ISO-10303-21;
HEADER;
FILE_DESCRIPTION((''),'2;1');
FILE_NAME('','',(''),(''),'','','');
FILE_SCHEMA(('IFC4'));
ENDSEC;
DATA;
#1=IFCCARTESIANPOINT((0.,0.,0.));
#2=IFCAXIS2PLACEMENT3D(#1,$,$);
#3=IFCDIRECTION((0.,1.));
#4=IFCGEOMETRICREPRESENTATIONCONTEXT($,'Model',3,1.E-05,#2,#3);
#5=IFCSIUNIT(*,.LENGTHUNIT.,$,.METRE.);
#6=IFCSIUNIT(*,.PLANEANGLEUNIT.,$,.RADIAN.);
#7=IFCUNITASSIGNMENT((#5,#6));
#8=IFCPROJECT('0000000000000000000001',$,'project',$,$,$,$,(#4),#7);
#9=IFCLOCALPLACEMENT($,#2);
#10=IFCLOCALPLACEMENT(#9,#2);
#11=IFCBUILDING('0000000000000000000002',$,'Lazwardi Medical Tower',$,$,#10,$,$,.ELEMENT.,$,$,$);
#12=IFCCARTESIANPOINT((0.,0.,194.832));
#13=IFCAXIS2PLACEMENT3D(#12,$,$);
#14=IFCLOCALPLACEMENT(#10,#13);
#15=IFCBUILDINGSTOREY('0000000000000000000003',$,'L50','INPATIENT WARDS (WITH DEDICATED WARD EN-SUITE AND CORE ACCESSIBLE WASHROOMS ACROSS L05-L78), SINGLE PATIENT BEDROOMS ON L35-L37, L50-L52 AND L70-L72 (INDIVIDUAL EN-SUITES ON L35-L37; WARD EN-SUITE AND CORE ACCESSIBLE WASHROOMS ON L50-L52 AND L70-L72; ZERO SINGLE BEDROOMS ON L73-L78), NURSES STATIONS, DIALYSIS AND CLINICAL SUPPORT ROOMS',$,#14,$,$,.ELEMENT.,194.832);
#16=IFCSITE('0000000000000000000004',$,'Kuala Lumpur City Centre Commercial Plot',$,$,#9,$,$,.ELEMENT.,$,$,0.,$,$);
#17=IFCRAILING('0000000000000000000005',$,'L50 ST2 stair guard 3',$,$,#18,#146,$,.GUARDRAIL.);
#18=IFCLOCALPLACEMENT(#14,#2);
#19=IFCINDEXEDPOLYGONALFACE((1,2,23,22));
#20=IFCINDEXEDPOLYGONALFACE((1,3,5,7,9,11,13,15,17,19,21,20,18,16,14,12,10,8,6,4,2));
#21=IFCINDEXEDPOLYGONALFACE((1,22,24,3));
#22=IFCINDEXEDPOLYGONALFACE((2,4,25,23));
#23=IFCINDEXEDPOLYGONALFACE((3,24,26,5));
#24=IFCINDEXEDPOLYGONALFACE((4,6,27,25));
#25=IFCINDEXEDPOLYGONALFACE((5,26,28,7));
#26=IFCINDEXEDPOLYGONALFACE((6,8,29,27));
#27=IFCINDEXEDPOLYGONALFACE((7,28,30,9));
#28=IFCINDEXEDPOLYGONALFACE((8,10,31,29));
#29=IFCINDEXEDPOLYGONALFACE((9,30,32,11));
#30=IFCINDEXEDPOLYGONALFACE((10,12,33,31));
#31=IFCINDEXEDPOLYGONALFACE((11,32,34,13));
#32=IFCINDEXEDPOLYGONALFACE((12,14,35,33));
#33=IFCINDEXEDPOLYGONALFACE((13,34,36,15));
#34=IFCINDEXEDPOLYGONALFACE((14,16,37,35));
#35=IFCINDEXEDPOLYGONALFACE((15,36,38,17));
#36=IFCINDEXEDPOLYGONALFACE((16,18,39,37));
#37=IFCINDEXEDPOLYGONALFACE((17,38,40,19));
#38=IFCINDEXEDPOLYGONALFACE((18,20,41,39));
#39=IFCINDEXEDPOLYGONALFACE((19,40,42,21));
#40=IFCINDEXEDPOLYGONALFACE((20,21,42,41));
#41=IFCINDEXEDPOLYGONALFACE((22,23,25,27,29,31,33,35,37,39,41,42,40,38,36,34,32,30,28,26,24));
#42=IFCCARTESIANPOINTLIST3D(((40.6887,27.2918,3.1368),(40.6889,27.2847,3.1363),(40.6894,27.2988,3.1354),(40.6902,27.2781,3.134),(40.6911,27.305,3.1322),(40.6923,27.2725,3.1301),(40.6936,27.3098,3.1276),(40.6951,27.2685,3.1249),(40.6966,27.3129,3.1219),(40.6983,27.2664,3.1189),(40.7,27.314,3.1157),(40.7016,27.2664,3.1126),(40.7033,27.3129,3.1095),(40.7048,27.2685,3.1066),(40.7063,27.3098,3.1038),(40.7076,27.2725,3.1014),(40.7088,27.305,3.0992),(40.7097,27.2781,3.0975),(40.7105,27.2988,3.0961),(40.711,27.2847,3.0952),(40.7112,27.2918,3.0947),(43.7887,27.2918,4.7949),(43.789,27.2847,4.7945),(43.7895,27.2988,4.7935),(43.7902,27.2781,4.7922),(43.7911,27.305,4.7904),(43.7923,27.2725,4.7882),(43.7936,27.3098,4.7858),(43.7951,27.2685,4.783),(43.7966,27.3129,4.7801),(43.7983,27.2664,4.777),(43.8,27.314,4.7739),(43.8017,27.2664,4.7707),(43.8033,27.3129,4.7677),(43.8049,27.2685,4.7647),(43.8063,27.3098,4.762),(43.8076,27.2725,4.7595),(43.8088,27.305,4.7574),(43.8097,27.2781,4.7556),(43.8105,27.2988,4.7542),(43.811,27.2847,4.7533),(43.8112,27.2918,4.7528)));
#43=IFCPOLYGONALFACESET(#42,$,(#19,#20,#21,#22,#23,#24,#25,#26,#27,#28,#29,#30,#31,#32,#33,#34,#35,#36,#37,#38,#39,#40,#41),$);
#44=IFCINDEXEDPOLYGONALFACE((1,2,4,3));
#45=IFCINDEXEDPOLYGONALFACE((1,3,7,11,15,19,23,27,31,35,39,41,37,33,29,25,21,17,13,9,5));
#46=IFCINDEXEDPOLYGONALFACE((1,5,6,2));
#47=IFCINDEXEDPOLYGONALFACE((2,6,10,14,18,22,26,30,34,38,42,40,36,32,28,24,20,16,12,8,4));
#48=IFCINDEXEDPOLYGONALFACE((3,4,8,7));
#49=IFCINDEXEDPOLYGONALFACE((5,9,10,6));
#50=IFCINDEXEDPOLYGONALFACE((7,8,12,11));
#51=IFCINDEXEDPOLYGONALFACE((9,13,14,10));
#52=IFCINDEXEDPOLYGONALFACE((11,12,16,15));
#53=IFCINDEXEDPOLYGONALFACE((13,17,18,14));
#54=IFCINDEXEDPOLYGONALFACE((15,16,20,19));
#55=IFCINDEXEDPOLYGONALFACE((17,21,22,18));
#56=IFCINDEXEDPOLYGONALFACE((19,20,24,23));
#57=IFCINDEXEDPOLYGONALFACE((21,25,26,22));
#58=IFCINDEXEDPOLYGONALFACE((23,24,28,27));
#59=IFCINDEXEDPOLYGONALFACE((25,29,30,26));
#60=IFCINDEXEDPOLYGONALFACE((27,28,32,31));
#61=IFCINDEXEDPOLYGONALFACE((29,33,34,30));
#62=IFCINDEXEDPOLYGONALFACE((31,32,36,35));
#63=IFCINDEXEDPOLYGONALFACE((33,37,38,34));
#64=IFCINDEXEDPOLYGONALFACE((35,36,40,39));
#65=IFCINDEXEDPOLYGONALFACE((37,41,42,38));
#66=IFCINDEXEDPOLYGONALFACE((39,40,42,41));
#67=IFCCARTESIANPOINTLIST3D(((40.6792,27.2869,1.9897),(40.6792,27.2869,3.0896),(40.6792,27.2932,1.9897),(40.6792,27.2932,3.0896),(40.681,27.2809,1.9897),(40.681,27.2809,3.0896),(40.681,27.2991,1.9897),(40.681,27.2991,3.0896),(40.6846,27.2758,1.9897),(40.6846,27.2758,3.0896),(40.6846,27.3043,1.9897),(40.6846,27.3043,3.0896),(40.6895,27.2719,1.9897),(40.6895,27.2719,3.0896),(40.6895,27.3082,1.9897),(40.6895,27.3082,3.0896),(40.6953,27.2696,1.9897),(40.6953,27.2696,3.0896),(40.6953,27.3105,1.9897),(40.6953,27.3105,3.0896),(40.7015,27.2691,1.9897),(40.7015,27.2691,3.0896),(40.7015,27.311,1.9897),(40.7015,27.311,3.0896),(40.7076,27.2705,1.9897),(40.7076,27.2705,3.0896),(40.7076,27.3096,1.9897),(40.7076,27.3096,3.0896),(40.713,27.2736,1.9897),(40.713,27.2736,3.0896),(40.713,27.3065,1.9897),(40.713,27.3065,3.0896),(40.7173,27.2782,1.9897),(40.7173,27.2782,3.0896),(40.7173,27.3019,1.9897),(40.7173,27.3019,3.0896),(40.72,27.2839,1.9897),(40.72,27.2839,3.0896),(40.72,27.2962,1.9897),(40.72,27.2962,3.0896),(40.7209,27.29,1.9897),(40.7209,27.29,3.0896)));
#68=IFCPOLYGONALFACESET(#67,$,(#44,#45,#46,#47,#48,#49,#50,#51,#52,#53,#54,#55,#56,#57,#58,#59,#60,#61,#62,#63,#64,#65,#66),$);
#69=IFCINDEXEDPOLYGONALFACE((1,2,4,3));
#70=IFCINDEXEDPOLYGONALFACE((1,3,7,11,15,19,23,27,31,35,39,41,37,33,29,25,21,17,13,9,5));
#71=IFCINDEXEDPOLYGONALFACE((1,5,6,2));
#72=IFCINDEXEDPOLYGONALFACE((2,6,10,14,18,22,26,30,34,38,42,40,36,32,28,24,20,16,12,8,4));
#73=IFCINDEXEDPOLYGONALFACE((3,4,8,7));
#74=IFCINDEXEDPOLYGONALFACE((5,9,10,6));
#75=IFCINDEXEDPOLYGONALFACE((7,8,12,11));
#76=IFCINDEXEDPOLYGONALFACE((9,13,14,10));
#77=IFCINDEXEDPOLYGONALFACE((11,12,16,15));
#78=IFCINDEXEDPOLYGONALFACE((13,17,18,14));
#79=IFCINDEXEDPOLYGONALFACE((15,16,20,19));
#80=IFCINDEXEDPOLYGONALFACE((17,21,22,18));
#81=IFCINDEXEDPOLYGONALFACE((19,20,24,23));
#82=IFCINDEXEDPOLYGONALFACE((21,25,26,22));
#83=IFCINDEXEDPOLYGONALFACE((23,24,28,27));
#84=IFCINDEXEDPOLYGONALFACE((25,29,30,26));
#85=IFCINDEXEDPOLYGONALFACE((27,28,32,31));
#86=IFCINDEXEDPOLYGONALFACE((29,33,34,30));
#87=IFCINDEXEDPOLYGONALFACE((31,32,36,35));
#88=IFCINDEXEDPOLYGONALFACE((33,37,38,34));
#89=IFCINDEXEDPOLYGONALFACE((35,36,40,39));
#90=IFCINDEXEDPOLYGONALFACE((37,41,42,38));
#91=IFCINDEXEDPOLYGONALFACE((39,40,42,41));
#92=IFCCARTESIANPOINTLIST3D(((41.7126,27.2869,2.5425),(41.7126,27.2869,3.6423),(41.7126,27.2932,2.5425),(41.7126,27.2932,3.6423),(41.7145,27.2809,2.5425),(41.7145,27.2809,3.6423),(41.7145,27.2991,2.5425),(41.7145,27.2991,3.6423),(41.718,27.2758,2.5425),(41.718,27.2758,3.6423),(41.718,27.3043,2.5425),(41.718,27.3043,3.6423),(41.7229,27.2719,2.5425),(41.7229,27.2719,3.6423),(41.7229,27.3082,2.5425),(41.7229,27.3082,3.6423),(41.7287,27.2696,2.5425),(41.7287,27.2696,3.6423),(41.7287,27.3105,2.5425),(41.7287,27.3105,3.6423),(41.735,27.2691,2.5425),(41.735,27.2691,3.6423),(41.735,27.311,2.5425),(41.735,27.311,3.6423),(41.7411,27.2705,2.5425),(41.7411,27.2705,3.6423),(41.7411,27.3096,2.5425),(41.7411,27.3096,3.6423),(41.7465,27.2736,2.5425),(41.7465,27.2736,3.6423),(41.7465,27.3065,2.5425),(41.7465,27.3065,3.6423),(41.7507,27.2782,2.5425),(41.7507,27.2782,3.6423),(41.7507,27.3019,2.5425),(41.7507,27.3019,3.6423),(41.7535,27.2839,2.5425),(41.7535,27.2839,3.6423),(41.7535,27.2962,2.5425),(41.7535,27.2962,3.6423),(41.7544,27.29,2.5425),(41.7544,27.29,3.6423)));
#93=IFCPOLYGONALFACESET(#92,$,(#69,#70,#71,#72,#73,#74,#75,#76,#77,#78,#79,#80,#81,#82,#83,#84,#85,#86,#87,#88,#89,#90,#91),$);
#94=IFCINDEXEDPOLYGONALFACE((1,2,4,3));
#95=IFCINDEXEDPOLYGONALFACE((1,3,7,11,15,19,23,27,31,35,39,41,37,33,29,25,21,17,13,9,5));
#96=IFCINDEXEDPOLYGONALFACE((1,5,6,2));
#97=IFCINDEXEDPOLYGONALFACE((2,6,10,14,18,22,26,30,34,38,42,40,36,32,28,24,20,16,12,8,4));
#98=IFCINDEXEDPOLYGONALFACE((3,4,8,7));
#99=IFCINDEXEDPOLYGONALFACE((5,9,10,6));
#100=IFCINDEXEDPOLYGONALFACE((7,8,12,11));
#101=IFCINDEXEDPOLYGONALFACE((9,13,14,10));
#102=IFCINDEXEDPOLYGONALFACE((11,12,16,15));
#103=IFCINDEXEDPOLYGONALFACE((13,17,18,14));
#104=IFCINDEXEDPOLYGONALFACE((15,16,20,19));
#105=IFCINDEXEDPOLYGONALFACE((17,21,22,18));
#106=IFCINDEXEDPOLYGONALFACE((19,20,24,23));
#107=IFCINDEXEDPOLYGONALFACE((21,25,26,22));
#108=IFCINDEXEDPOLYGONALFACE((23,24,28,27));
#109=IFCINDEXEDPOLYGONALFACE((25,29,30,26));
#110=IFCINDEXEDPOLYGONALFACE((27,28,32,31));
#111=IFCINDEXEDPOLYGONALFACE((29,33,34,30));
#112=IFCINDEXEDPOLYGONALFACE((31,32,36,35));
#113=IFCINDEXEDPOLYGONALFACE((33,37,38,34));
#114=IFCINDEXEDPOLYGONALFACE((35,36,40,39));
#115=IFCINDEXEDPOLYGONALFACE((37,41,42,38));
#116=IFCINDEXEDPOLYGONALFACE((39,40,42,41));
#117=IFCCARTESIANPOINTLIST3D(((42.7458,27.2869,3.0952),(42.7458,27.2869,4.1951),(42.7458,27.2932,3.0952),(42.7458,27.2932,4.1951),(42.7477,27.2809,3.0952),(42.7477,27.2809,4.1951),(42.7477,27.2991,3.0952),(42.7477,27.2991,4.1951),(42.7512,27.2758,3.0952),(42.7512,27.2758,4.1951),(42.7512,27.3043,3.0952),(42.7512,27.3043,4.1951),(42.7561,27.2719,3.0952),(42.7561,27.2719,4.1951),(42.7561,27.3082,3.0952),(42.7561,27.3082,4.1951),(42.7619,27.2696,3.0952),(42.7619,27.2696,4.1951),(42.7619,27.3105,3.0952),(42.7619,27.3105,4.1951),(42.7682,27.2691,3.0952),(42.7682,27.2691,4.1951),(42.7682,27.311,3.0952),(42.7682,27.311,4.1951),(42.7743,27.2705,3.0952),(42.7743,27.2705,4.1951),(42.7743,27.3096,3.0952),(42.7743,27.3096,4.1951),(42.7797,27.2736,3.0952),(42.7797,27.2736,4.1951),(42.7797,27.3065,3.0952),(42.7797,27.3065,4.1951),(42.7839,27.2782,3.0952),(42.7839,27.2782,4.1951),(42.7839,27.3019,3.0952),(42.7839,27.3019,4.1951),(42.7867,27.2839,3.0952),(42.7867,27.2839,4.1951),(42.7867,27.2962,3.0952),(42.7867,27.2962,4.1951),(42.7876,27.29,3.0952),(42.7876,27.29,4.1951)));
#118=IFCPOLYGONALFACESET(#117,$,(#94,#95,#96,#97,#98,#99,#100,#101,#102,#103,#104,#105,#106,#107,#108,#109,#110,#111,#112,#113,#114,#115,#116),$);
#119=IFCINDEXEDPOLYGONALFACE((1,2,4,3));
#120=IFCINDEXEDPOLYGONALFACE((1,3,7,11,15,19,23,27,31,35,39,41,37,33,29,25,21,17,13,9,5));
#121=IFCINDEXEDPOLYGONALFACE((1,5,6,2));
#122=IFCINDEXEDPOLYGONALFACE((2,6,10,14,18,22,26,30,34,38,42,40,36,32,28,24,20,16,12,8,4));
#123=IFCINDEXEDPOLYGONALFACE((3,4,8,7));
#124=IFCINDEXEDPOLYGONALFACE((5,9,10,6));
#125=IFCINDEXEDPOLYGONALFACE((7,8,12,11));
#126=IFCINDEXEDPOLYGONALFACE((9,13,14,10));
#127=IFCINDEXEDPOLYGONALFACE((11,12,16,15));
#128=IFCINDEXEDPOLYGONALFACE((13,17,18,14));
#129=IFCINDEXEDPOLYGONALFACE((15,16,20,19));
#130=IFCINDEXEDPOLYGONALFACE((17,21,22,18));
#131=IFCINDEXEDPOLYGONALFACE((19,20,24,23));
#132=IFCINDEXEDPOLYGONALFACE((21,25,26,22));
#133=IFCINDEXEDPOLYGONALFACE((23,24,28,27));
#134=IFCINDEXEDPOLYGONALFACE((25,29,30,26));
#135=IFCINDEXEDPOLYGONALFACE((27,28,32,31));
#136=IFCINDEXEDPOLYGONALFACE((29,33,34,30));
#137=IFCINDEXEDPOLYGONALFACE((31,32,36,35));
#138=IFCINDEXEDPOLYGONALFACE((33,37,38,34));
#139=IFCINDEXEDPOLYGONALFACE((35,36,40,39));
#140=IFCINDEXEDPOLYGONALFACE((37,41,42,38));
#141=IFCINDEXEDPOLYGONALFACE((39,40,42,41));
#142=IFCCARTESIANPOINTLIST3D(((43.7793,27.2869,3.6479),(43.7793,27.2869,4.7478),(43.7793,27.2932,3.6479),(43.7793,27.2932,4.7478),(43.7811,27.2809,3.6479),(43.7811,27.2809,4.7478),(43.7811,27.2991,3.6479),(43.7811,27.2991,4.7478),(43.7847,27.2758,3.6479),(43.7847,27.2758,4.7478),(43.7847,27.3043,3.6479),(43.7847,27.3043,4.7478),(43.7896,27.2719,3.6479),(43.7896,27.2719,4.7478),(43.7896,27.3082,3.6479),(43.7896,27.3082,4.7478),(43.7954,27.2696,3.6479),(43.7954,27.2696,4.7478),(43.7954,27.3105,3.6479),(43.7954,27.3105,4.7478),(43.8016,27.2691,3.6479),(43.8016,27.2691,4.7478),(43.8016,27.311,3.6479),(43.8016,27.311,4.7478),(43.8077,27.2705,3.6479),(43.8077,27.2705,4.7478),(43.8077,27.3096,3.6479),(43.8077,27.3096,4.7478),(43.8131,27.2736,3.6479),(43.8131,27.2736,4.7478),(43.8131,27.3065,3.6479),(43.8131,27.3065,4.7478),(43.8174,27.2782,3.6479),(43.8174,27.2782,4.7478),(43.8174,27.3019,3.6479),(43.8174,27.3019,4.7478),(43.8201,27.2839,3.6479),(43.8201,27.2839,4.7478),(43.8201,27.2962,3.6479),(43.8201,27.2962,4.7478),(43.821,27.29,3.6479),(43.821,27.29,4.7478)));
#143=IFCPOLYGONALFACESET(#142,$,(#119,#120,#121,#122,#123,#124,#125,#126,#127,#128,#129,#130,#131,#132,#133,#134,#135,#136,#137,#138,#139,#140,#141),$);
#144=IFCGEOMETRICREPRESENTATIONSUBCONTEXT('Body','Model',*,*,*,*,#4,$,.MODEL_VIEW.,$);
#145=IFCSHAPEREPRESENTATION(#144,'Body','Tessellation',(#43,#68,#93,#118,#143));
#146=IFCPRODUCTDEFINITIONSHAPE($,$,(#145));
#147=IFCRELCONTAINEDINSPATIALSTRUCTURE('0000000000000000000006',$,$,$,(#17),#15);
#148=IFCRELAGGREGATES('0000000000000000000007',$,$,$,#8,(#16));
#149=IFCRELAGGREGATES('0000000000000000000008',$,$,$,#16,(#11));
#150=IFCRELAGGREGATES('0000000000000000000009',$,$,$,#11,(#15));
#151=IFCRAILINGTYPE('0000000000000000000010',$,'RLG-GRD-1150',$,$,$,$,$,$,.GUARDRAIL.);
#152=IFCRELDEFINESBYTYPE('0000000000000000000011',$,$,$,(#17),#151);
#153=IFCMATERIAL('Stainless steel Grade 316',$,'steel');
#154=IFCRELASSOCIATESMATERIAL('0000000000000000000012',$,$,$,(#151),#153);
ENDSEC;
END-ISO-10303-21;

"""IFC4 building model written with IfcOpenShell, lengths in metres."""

from ifc_helpers import new_model, si_unit, direction, frame, origin, origin_2d, place, context, subcontext, project, spatial, circle, extrude, material, type_object, element, save


model = new_model("IFC4")

# Units and contexts
model_context = context("Model", 3, precision=1e-05, world=origin(), true_north=direction((0.0, 1.0)))
body_context = subcontext(model_context, "Body", "Model", "MODEL_VIEW")
ifc_project = project(units=[si_unit("LENGTHUNIT", "METRE"), si_unit("PLANEANGLEUNIT", "RADIAN")], contexts=[model_context])

# Site, building, storey
site_placement = place(None, origin())
site = spatial("IfcSite", under=ifc_project, at=site_placement, Name="Kuala Lumpur City Centre Commercial Plot", CompositionType="ELEMENT", RefElevation=0.0)
building_placement = place(site_placement, origin())
building = spatial("IfcBuilding", under=site, at=building_placement, Name="Lazwardi Medical Tower", CompositionType="ELEMENT")
storey_placement = place(building_placement, frame((0.0, 0.0, 194.832)))
storey = spatial("IfcBuildingStorey", under=building, at=storey_placement, Name="L50", Description="INPATIENT WARDS (WITH DEDICATED WARD EN-SUITE AND CORE ACCESSIBLE WASHROOMS ACROSS L05-L78), SINGLE PATIENT BEDROOMS ON L35-L37, L50-L52 AND L70-L72 (INDIVIDUAL EN-SUITES ON L35-L37; WARD EN-SUITE AND CORE ACCESSIBLE WASHROOMS ON L50-L52 AND L70-L72; ZERO SINGLE BEDROOMS ON L73-L78), NURSES STATIONS, DIALYSIS AND CLINICAL SUPPORT ROOMS", CompositionType="ELEMENT", Elevation=194.832)

# Railing
ifc_material_1 = material(Name="Stainless steel Grade 316", Category="steel")
railing_type_1 = type_object("IfcRailingType", Name="RLG-GRD-1150", PredefinedType="GUARDRAIL", material=ifc_material_1)
railing_1_placement = place(storey_placement, frame((40.7, 27.29, 1.9897)))
element("IfcRailing", 1, at=railing_1_placement, inside=storey, type_object=railing_type_1, Name="L50 ST2 stair guard 3", PredefinedType="GUARDRAIL", context=body_context, shape_type="SweptSolid", body=[
    extrude(circle(Radius=0.0239, at=origin_2d()), frame((0.0, 0.0, 1.126), z_axis=(0.881783, 0.0, 0.471655), x_axis=(0.0, 1.0, 0.0)), (0.0, 0.0, 1.0), 3.5156),
    extrude(circle(Radius=0.021, at=origin_2d()), origin(), (0.0, 0.0, 1.0), 1.0999),
    extrude(circle(Radius=0.021, at=origin_2d()), frame((1.0334, 0.0, 0.5527)), (0.0, 0.0, 1.0), 1.0999),
    extrude(circle(Radius=0.021, at=origin_2d()), frame((2.0667, 0.0, 1.1055)), (0.0, 0.0, 1.0), 1.0999),
    extrude(circle(Radius=0.021, at=origin_2d()), frame((3.1001, 0.0, 1.6582)), (0.0, 0.0, 1.0), 1.0999),
])

save(model, "model.ifc")
